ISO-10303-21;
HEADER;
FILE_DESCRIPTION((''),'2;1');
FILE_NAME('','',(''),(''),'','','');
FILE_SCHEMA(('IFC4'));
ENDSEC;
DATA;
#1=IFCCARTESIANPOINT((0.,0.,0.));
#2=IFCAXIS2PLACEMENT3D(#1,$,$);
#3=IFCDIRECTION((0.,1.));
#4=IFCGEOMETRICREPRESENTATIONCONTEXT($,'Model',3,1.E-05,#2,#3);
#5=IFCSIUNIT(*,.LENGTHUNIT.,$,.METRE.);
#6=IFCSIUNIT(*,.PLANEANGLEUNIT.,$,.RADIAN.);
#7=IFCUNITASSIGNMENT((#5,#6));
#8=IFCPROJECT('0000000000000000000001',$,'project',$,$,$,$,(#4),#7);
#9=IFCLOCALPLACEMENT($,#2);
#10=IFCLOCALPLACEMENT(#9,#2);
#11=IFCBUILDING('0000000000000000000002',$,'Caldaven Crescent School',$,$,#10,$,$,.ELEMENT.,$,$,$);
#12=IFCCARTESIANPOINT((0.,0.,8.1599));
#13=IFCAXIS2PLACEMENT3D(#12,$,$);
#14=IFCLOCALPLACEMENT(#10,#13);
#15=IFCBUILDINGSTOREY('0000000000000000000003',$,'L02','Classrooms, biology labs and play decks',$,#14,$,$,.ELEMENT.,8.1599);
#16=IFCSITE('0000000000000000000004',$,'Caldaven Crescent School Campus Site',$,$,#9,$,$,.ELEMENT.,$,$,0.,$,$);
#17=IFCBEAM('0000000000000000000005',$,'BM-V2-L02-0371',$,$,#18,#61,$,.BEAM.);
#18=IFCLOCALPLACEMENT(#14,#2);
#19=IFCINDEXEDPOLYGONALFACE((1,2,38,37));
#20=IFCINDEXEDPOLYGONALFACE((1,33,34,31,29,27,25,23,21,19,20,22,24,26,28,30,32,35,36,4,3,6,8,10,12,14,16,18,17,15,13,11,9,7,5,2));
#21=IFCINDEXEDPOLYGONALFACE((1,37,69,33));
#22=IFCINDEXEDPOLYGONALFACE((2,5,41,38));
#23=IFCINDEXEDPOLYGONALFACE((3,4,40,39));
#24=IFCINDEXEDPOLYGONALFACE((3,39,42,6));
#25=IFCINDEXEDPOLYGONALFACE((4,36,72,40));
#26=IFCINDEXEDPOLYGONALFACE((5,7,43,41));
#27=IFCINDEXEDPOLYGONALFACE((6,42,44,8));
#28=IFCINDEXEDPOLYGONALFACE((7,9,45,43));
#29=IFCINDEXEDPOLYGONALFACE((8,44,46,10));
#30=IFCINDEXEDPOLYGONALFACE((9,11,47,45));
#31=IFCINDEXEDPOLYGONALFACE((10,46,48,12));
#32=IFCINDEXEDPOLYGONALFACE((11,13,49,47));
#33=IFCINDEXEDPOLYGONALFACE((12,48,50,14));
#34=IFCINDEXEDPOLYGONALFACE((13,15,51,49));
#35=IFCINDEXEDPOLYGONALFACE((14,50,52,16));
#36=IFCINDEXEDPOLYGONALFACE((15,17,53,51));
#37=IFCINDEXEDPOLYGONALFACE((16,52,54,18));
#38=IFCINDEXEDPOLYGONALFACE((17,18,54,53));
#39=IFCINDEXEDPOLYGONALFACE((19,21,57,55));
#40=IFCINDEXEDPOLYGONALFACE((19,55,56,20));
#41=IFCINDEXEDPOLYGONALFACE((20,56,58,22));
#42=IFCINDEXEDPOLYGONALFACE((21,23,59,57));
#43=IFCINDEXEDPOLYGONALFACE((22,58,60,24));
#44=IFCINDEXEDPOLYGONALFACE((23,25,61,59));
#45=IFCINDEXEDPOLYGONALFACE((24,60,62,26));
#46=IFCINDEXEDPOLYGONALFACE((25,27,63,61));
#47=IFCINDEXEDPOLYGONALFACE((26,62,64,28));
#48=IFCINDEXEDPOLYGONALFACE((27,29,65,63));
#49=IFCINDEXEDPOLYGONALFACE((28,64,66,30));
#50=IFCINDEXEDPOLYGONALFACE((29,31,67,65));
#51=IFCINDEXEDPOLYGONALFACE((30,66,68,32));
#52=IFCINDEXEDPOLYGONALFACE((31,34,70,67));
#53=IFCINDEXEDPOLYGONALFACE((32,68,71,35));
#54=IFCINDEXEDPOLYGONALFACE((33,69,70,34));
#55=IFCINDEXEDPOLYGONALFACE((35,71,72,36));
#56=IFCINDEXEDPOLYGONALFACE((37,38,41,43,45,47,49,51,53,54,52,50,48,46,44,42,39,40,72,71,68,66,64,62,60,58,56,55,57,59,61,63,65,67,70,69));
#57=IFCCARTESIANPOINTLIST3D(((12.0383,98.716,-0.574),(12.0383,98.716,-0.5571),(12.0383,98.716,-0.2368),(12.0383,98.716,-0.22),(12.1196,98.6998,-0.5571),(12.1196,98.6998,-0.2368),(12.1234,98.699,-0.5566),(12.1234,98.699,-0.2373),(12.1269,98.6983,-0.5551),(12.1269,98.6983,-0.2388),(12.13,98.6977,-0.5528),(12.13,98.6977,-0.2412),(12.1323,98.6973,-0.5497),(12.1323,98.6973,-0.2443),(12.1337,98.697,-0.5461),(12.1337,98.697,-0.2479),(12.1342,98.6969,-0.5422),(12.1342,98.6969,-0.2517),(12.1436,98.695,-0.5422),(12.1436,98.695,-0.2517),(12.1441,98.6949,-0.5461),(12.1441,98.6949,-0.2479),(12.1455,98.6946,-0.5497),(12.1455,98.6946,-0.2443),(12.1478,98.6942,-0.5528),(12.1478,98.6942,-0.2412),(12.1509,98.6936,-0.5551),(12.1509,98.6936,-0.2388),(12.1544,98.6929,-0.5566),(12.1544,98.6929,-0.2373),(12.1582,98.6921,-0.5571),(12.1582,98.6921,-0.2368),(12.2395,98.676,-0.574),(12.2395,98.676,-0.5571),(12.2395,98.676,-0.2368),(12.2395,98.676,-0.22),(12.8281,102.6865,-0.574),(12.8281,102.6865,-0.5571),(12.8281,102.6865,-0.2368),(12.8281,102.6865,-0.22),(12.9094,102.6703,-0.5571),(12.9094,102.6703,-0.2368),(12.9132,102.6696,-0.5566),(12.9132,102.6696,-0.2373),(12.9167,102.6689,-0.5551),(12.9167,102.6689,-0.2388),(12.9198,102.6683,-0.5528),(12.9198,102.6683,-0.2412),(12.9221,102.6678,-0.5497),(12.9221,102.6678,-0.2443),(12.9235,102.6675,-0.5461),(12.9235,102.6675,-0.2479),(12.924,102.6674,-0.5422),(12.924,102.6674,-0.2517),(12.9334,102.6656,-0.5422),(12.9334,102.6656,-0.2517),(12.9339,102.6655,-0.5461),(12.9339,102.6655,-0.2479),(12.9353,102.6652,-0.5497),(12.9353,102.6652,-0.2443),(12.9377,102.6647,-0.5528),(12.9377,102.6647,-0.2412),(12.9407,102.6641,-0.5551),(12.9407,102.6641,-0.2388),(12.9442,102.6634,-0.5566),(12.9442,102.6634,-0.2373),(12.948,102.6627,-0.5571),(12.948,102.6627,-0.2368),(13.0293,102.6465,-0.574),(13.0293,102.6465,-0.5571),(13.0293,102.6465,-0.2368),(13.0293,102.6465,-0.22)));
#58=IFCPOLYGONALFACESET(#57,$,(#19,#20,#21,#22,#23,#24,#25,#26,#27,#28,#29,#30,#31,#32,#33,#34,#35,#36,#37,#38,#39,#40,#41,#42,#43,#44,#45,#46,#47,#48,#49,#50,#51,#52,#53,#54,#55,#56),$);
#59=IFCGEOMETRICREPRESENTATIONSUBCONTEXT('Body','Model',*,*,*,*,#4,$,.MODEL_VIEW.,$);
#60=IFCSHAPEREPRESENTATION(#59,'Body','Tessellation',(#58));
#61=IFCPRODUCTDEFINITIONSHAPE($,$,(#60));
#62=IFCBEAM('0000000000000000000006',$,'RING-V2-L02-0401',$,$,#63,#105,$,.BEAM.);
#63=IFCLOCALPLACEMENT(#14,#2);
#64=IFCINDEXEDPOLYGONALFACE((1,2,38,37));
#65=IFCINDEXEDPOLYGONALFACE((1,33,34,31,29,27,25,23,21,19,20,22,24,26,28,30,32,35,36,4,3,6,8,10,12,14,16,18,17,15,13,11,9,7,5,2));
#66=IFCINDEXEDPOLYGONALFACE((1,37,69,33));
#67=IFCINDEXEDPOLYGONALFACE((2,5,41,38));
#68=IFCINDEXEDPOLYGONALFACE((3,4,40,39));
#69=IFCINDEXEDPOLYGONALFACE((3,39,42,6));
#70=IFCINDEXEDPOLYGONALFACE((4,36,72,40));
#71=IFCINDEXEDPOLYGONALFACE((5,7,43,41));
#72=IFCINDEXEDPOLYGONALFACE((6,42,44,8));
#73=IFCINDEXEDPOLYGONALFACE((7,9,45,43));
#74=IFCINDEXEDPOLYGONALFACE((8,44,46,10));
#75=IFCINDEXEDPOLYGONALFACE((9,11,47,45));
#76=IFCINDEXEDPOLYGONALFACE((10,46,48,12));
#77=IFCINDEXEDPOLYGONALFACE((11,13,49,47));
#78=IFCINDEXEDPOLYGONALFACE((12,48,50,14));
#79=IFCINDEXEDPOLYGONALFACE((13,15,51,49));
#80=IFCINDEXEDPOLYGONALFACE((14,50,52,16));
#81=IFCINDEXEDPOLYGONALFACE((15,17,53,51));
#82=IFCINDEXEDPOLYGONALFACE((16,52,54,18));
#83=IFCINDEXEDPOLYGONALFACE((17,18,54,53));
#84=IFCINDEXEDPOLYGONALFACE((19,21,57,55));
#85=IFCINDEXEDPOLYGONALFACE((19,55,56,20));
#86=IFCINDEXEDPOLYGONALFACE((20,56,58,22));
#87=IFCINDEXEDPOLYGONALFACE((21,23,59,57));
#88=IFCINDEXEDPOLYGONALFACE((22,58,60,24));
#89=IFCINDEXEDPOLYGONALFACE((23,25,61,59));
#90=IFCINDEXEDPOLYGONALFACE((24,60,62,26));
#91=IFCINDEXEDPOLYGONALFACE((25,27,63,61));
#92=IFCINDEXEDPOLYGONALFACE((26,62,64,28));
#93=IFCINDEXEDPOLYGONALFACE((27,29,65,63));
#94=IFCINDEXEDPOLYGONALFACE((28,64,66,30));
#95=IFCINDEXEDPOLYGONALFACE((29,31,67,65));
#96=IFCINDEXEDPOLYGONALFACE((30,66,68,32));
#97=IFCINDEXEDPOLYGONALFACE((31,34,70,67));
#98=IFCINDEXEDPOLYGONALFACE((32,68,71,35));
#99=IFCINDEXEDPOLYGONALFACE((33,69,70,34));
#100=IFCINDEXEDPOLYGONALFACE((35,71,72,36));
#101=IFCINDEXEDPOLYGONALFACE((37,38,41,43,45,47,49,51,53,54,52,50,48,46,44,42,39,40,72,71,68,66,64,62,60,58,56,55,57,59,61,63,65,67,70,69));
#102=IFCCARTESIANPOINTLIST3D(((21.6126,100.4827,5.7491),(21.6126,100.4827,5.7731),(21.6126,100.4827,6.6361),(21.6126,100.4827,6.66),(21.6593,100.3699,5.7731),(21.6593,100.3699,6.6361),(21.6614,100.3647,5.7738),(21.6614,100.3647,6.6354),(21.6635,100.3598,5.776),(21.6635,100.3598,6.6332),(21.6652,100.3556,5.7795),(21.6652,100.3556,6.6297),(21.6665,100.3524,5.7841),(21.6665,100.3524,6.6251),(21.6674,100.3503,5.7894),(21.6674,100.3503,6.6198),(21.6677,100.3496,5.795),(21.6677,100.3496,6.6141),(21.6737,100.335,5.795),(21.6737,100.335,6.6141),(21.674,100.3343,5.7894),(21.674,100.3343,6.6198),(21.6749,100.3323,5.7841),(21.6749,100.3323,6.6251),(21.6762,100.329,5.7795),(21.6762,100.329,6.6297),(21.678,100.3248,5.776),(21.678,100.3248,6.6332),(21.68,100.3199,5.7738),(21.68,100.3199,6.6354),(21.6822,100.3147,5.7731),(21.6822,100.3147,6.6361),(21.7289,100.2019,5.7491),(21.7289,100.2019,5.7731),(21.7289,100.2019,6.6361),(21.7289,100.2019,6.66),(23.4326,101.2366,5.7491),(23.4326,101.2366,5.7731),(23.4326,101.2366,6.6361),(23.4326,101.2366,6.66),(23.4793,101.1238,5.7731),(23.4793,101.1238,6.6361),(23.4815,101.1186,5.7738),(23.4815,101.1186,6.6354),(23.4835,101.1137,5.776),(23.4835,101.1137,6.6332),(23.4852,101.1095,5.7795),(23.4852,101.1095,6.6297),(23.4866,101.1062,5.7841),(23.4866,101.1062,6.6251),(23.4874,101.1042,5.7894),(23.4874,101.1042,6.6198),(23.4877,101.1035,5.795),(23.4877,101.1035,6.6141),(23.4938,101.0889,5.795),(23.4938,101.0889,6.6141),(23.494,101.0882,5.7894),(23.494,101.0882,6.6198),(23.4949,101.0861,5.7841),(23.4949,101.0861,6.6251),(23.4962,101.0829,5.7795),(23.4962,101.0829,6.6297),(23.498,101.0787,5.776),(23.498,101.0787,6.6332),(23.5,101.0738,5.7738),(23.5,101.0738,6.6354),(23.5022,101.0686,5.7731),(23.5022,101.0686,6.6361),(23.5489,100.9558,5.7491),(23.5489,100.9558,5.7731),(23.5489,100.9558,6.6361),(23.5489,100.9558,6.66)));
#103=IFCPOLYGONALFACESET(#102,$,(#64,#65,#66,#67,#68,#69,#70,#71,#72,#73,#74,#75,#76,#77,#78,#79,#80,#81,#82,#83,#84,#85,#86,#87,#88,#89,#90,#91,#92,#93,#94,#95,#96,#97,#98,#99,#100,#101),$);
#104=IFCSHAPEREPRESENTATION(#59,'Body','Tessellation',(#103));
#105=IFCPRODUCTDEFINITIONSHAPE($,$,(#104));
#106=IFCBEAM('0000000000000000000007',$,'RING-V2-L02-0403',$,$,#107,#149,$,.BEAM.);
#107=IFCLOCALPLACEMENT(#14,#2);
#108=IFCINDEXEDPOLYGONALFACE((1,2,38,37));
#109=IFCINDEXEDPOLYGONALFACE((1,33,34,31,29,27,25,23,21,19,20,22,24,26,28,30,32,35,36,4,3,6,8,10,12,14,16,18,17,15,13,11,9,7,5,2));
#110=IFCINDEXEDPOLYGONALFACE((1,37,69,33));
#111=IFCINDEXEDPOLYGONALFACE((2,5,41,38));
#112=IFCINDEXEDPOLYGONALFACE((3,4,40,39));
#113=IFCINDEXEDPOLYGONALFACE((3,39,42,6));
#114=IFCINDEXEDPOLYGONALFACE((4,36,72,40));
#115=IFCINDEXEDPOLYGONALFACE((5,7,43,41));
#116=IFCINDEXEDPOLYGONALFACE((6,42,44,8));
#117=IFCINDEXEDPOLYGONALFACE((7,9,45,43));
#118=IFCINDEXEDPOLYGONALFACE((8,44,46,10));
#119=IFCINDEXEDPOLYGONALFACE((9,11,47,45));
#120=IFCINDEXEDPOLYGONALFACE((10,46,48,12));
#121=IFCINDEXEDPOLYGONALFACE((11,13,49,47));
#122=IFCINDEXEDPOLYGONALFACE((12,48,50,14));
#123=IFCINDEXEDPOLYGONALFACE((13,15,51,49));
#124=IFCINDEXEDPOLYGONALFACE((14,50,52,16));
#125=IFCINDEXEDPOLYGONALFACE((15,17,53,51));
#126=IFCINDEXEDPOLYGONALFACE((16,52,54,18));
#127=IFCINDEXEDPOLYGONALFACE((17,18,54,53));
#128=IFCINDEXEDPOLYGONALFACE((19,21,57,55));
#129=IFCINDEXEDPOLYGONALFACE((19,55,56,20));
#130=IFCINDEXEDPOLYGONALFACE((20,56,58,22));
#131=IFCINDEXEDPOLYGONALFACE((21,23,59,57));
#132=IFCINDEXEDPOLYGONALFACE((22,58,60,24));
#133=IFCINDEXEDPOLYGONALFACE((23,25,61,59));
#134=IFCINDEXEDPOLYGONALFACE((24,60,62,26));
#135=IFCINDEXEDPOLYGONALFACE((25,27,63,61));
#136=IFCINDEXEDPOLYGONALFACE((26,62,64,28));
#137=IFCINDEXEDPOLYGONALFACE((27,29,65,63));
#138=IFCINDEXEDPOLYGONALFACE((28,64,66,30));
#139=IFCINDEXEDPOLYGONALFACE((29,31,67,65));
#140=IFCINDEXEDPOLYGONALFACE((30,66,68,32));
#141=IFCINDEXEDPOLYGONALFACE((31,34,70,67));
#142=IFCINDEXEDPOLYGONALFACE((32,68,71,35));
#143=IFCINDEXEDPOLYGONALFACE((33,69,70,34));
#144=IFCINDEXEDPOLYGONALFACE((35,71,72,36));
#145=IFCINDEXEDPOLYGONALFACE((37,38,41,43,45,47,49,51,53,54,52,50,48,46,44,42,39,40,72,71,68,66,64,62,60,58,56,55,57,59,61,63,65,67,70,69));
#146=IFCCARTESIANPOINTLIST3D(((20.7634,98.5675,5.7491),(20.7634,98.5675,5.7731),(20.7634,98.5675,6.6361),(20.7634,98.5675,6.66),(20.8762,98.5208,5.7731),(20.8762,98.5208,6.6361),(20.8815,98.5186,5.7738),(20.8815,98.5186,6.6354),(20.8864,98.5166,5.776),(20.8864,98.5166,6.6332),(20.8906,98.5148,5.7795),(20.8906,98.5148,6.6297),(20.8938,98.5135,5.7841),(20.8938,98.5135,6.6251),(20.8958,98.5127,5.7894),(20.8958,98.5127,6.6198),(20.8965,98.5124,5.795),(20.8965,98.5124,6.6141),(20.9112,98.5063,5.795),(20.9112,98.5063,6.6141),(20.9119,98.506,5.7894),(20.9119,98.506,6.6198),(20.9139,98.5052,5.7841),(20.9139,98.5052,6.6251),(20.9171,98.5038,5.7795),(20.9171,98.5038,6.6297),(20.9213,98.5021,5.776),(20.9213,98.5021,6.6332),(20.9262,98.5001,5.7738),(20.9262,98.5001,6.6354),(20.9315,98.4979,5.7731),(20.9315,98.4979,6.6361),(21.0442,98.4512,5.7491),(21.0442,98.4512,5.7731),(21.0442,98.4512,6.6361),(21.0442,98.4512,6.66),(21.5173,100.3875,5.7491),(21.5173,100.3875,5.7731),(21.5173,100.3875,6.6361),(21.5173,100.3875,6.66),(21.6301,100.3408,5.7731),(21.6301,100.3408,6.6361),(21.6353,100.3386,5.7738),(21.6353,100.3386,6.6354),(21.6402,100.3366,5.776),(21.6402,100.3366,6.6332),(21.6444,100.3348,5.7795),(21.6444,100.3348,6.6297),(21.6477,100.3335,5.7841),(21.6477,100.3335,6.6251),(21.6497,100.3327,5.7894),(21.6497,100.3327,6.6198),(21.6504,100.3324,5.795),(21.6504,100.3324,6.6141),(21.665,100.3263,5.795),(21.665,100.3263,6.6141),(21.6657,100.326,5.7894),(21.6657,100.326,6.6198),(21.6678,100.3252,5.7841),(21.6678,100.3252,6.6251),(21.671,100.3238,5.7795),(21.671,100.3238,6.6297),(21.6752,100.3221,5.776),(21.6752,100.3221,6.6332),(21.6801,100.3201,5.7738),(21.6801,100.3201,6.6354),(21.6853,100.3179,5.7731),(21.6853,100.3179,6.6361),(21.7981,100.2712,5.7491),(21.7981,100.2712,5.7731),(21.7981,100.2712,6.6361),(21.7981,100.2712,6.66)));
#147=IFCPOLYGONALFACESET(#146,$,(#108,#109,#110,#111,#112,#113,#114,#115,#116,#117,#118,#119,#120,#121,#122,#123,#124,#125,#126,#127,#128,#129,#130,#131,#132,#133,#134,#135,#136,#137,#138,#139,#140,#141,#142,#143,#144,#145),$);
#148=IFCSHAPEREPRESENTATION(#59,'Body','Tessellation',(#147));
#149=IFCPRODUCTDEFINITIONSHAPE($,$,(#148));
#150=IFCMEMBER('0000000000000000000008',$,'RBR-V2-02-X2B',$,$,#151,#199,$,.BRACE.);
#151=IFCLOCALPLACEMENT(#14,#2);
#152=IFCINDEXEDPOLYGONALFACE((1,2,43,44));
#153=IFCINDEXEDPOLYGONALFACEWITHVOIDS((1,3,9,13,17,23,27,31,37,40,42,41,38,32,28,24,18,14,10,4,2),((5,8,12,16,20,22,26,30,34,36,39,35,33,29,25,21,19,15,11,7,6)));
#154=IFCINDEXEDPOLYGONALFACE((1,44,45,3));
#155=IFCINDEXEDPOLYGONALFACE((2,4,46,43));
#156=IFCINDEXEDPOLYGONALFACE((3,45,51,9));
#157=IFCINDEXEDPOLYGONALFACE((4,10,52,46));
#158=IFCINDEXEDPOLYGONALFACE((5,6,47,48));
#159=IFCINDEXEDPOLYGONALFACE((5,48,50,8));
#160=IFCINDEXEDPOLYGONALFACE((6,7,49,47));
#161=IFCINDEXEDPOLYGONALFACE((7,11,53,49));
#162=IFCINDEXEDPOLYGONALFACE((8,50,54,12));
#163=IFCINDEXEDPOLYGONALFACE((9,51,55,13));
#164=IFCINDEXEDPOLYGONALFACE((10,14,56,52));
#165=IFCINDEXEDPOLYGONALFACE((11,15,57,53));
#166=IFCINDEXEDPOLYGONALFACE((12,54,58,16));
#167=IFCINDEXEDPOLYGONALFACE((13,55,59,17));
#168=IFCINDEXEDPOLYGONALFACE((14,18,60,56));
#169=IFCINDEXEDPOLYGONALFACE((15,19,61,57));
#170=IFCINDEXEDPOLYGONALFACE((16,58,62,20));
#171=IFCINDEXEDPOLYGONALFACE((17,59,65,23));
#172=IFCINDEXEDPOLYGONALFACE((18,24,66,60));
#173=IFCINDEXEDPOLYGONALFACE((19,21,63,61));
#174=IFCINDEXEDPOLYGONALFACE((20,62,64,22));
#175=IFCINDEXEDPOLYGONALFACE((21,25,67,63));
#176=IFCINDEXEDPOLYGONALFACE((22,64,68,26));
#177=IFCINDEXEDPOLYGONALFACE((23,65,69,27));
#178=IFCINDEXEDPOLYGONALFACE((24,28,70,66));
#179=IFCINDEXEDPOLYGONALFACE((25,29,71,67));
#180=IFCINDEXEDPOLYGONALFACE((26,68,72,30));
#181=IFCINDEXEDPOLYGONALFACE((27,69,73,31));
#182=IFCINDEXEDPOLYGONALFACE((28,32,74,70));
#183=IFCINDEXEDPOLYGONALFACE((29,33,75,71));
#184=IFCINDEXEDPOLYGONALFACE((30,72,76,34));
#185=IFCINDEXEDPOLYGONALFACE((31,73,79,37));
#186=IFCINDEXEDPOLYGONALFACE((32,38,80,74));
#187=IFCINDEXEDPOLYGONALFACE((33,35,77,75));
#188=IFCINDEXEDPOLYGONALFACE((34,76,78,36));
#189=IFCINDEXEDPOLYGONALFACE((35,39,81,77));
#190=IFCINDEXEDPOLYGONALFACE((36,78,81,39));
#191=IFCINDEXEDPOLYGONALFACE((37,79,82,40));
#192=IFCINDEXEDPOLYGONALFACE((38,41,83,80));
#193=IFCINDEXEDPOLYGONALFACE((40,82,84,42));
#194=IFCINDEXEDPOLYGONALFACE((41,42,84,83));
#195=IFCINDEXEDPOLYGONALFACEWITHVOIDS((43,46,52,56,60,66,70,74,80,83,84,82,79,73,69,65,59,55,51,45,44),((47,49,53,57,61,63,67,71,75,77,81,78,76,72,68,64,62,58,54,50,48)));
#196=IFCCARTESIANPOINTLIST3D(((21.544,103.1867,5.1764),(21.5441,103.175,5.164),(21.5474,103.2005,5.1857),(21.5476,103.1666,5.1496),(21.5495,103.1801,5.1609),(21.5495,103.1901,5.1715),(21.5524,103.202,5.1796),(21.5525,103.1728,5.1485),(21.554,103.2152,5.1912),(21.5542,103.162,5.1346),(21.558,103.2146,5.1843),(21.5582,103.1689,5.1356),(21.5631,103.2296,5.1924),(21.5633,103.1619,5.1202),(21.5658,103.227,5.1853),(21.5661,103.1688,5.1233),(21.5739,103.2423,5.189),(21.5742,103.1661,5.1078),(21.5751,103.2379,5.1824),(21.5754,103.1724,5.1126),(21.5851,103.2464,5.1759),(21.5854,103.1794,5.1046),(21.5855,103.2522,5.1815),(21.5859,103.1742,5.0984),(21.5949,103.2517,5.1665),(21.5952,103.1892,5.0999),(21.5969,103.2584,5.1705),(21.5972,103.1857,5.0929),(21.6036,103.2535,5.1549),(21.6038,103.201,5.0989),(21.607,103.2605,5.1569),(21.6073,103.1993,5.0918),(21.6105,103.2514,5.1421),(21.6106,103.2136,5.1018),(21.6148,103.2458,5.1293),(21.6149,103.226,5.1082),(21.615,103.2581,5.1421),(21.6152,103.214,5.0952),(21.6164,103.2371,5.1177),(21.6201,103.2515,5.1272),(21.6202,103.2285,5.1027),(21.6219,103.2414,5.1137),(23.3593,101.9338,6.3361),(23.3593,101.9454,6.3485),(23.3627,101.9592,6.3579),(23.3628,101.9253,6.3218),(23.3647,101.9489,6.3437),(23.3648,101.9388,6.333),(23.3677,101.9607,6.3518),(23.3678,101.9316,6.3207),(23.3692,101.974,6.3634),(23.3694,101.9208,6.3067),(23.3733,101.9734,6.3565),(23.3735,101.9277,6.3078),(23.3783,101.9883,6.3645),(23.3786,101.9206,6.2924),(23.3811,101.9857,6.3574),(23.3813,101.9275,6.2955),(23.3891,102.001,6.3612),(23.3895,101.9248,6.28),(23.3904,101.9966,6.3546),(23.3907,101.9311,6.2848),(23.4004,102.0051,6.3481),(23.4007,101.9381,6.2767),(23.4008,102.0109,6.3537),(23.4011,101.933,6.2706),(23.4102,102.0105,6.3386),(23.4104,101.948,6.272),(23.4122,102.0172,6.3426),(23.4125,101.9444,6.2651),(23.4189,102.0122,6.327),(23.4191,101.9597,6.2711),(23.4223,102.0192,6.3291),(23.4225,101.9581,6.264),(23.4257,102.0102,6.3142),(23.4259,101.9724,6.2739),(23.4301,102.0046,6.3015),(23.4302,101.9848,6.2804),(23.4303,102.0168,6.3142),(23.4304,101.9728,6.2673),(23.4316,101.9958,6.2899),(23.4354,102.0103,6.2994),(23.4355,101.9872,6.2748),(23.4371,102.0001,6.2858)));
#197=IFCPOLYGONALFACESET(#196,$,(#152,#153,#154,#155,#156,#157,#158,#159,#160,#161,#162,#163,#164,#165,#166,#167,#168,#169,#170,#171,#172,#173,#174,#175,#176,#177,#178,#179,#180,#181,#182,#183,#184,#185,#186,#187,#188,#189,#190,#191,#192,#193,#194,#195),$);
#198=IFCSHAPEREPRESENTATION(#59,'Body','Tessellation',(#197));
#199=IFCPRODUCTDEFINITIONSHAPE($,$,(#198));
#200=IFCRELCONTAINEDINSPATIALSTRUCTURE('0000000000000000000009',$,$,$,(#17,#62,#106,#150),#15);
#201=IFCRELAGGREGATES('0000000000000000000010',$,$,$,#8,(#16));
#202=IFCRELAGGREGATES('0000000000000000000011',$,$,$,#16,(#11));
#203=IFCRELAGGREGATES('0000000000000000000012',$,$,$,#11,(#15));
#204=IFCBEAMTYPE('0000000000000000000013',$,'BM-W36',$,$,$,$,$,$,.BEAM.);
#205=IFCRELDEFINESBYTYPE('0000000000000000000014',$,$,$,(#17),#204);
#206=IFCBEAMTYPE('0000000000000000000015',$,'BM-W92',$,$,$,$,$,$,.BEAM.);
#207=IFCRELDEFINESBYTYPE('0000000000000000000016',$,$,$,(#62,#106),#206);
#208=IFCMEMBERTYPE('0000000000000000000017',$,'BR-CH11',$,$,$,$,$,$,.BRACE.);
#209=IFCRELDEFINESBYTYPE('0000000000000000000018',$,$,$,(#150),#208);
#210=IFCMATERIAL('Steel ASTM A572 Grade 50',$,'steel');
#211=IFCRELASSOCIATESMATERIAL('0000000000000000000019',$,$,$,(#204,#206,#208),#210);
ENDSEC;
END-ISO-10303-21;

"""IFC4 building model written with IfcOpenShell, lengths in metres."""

from ifc_helpers import new_model, si_unit, direction, frame, origin, origin_2d, place, context, subcontext, project, spatial, hollow_circle, i_section, extrude, material, material_profile, profile_set, type_object, element, save


model = new_model("IFC4")

# Units and contexts
model_context = context("Model", 3, precision=1e-05, world=origin(), true_north=direction((0.0, 1.0)))
body_context = subcontext(model_context, "Body", "Model", "MODEL_VIEW")
ifc_project = project(units=[si_unit("LENGTHUNIT", "METRE"), si_unit("PLANEANGLEUNIT", "RADIAN")], contexts=[model_context])

# Site, building, storey
site_placement = place(None, origin())
site = spatial("IfcSite", under=ifc_project, at=site_placement, Name="Caldaven Crescent School Campus Site", CompositionType="ELEMENT", RefElevation=0.0)
building_placement = place(site_placement, origin())
building = spatial("IfcBuilding", under=site, at=building_placement, Name="Caldaven Crescent School", CompositionType="ELEMENT")
storey_placement = place(building_placement, frame((0.0, 0.0, 8.1599)))
storey = spatial("IfcBuildingStorey", under=building, at=storey_placement, Name="L02", Description="Classrooms, biology labs and play decks", CompositionType="ELEMENT", Elevation=8.1599)

# Shared definitions
ifc_material_1 = material(Name="Steel ASTM A572 Grade 50", Category="steel")

# Beams
ifc_material_profile_1 = material_profile(ifc_material_1, i_section(OverallWidth=0.2051, OverallDepth=0.354, WebThickness=0.0095, FlangeThickness=0.0168, FilletRadius=0.0149, at=origin_2d()), Name="W360x79")
ifc_profile_set_1 = profile_set([ifc_material_profile_1], Name="Steel ASTM A572 Grade 50")
beam_type_1 = type_object("IfcBeamType", Name="BM-W36", PredefinedType="BEAM", material=ifc_profile_set_1)
beam_1_placement = place(storey_placement, frame((12.9287, 102.6665, -0.397), z_axis=(-0.195095, -0.980784, 0.0), x_axis=(0.980784, -0.195095, 0.0)))
element("IfcBeam", 1, at=beam_1_placement, inside=storey, type_object=beam_type_1, Name="BM-V2-L02-0371", PredefinedType="BEAM", context=body_context, shape_type="SweptSolid", body=[
    extrude(i_section(OverallWidth=0.2051, OverallDepth=0.354, WebThickness=0.0095, FlangeThickness=0.0168, FilletRadius=0.0149, at=origin_2d()), origin(), (0.0, 0.0, 1.0), 4.0483),
])
ifc_material_profile_2 = material_profile(ifc_material_1, i_section(OverallWidth=0.304, OverallDepth=0.9109, WebThickness=0.0159, FlangeThickness=0.0239, FilletRadius=0.022, at=origin_2d()), Name="W920x223")
ifc_profile_set_2 = profile_set([ifc_material_profile_2], Name="Steel ASTM A572 Grade 50")
beam_type_2 = type_object("IfcBeamType", Name="BM-W92", PredefinedType="BEAM", material=ifc_profile_set_2)
for number, where, z_axis, x_axis, name in (
    (2, (23.4907, 101.0962, 6.2046), (-0.923878, -0.382687, 0.0), (0.382687, -0.923878, 0.0), "RING-V2-L02-0401"),
    (3, (21.6577, 100.3293, 6.2046), (-0.382687, -0.923878, 0.0), (0.923878, -0.382687, 0.0), "RING-V2-L02-0403"),
):
    element("IfcBeam", number, at=place(storey_placement, frame(where, z_axis=z_axis, x_axis=x_axis)), inside=storey, type_object=beam_type_2, Name=name, PredefinedType="BEAM", context=body_context, shape_type="SweptSolid", body=[
        extrude(i_section(OverallWidth=0.304, OverallDepth=0.9109, WebThickness=0.0159, FlangeThickness=0.0239, FilletRadius=0.022, at=origin_2d()), origin(), (0.0, 0.0, 1.0), 1.97),
    ])

# Member
ifc_material_profile_3 = material_profile(ifc_material_1, hollow_circle(Radius=0.0571, WallThickness=0.0081, at=origin_2d()), Name="CHS 114.3x8.0")
ifc_profile_set_3 = profile_set([ifc_material_profile_3], Name="Steel ASTM A572 Grade 50")
member_type_1 = type_object("IfcMemberType", Name="BR-CH11", PredefinedType="BRACE", material=ifc_profile_set_3)
member_1_placement = place(storey_placement, frame((21.5828, 103.2109, 5.1421), z_axis=(0.728446, -0.498106, 0.470379), x_axis=(0.564449, 0.825468, 0.0)))
element("IfcMember", 4, at=member_1_placement, inside=storey, type_object=member_type_1, Name="RBR-V2-02-X2B", PredefinedType="BRACE", context=body_context, shape_type="SweptSolid", body=[
    extrude(hollow_circle(Radius=0.0571, WallThickness=0.0081, at=origin_2d()), origin(), (0.0, 0.0, 1.0), 2.4919),
])

save(model, "model.ifc")
